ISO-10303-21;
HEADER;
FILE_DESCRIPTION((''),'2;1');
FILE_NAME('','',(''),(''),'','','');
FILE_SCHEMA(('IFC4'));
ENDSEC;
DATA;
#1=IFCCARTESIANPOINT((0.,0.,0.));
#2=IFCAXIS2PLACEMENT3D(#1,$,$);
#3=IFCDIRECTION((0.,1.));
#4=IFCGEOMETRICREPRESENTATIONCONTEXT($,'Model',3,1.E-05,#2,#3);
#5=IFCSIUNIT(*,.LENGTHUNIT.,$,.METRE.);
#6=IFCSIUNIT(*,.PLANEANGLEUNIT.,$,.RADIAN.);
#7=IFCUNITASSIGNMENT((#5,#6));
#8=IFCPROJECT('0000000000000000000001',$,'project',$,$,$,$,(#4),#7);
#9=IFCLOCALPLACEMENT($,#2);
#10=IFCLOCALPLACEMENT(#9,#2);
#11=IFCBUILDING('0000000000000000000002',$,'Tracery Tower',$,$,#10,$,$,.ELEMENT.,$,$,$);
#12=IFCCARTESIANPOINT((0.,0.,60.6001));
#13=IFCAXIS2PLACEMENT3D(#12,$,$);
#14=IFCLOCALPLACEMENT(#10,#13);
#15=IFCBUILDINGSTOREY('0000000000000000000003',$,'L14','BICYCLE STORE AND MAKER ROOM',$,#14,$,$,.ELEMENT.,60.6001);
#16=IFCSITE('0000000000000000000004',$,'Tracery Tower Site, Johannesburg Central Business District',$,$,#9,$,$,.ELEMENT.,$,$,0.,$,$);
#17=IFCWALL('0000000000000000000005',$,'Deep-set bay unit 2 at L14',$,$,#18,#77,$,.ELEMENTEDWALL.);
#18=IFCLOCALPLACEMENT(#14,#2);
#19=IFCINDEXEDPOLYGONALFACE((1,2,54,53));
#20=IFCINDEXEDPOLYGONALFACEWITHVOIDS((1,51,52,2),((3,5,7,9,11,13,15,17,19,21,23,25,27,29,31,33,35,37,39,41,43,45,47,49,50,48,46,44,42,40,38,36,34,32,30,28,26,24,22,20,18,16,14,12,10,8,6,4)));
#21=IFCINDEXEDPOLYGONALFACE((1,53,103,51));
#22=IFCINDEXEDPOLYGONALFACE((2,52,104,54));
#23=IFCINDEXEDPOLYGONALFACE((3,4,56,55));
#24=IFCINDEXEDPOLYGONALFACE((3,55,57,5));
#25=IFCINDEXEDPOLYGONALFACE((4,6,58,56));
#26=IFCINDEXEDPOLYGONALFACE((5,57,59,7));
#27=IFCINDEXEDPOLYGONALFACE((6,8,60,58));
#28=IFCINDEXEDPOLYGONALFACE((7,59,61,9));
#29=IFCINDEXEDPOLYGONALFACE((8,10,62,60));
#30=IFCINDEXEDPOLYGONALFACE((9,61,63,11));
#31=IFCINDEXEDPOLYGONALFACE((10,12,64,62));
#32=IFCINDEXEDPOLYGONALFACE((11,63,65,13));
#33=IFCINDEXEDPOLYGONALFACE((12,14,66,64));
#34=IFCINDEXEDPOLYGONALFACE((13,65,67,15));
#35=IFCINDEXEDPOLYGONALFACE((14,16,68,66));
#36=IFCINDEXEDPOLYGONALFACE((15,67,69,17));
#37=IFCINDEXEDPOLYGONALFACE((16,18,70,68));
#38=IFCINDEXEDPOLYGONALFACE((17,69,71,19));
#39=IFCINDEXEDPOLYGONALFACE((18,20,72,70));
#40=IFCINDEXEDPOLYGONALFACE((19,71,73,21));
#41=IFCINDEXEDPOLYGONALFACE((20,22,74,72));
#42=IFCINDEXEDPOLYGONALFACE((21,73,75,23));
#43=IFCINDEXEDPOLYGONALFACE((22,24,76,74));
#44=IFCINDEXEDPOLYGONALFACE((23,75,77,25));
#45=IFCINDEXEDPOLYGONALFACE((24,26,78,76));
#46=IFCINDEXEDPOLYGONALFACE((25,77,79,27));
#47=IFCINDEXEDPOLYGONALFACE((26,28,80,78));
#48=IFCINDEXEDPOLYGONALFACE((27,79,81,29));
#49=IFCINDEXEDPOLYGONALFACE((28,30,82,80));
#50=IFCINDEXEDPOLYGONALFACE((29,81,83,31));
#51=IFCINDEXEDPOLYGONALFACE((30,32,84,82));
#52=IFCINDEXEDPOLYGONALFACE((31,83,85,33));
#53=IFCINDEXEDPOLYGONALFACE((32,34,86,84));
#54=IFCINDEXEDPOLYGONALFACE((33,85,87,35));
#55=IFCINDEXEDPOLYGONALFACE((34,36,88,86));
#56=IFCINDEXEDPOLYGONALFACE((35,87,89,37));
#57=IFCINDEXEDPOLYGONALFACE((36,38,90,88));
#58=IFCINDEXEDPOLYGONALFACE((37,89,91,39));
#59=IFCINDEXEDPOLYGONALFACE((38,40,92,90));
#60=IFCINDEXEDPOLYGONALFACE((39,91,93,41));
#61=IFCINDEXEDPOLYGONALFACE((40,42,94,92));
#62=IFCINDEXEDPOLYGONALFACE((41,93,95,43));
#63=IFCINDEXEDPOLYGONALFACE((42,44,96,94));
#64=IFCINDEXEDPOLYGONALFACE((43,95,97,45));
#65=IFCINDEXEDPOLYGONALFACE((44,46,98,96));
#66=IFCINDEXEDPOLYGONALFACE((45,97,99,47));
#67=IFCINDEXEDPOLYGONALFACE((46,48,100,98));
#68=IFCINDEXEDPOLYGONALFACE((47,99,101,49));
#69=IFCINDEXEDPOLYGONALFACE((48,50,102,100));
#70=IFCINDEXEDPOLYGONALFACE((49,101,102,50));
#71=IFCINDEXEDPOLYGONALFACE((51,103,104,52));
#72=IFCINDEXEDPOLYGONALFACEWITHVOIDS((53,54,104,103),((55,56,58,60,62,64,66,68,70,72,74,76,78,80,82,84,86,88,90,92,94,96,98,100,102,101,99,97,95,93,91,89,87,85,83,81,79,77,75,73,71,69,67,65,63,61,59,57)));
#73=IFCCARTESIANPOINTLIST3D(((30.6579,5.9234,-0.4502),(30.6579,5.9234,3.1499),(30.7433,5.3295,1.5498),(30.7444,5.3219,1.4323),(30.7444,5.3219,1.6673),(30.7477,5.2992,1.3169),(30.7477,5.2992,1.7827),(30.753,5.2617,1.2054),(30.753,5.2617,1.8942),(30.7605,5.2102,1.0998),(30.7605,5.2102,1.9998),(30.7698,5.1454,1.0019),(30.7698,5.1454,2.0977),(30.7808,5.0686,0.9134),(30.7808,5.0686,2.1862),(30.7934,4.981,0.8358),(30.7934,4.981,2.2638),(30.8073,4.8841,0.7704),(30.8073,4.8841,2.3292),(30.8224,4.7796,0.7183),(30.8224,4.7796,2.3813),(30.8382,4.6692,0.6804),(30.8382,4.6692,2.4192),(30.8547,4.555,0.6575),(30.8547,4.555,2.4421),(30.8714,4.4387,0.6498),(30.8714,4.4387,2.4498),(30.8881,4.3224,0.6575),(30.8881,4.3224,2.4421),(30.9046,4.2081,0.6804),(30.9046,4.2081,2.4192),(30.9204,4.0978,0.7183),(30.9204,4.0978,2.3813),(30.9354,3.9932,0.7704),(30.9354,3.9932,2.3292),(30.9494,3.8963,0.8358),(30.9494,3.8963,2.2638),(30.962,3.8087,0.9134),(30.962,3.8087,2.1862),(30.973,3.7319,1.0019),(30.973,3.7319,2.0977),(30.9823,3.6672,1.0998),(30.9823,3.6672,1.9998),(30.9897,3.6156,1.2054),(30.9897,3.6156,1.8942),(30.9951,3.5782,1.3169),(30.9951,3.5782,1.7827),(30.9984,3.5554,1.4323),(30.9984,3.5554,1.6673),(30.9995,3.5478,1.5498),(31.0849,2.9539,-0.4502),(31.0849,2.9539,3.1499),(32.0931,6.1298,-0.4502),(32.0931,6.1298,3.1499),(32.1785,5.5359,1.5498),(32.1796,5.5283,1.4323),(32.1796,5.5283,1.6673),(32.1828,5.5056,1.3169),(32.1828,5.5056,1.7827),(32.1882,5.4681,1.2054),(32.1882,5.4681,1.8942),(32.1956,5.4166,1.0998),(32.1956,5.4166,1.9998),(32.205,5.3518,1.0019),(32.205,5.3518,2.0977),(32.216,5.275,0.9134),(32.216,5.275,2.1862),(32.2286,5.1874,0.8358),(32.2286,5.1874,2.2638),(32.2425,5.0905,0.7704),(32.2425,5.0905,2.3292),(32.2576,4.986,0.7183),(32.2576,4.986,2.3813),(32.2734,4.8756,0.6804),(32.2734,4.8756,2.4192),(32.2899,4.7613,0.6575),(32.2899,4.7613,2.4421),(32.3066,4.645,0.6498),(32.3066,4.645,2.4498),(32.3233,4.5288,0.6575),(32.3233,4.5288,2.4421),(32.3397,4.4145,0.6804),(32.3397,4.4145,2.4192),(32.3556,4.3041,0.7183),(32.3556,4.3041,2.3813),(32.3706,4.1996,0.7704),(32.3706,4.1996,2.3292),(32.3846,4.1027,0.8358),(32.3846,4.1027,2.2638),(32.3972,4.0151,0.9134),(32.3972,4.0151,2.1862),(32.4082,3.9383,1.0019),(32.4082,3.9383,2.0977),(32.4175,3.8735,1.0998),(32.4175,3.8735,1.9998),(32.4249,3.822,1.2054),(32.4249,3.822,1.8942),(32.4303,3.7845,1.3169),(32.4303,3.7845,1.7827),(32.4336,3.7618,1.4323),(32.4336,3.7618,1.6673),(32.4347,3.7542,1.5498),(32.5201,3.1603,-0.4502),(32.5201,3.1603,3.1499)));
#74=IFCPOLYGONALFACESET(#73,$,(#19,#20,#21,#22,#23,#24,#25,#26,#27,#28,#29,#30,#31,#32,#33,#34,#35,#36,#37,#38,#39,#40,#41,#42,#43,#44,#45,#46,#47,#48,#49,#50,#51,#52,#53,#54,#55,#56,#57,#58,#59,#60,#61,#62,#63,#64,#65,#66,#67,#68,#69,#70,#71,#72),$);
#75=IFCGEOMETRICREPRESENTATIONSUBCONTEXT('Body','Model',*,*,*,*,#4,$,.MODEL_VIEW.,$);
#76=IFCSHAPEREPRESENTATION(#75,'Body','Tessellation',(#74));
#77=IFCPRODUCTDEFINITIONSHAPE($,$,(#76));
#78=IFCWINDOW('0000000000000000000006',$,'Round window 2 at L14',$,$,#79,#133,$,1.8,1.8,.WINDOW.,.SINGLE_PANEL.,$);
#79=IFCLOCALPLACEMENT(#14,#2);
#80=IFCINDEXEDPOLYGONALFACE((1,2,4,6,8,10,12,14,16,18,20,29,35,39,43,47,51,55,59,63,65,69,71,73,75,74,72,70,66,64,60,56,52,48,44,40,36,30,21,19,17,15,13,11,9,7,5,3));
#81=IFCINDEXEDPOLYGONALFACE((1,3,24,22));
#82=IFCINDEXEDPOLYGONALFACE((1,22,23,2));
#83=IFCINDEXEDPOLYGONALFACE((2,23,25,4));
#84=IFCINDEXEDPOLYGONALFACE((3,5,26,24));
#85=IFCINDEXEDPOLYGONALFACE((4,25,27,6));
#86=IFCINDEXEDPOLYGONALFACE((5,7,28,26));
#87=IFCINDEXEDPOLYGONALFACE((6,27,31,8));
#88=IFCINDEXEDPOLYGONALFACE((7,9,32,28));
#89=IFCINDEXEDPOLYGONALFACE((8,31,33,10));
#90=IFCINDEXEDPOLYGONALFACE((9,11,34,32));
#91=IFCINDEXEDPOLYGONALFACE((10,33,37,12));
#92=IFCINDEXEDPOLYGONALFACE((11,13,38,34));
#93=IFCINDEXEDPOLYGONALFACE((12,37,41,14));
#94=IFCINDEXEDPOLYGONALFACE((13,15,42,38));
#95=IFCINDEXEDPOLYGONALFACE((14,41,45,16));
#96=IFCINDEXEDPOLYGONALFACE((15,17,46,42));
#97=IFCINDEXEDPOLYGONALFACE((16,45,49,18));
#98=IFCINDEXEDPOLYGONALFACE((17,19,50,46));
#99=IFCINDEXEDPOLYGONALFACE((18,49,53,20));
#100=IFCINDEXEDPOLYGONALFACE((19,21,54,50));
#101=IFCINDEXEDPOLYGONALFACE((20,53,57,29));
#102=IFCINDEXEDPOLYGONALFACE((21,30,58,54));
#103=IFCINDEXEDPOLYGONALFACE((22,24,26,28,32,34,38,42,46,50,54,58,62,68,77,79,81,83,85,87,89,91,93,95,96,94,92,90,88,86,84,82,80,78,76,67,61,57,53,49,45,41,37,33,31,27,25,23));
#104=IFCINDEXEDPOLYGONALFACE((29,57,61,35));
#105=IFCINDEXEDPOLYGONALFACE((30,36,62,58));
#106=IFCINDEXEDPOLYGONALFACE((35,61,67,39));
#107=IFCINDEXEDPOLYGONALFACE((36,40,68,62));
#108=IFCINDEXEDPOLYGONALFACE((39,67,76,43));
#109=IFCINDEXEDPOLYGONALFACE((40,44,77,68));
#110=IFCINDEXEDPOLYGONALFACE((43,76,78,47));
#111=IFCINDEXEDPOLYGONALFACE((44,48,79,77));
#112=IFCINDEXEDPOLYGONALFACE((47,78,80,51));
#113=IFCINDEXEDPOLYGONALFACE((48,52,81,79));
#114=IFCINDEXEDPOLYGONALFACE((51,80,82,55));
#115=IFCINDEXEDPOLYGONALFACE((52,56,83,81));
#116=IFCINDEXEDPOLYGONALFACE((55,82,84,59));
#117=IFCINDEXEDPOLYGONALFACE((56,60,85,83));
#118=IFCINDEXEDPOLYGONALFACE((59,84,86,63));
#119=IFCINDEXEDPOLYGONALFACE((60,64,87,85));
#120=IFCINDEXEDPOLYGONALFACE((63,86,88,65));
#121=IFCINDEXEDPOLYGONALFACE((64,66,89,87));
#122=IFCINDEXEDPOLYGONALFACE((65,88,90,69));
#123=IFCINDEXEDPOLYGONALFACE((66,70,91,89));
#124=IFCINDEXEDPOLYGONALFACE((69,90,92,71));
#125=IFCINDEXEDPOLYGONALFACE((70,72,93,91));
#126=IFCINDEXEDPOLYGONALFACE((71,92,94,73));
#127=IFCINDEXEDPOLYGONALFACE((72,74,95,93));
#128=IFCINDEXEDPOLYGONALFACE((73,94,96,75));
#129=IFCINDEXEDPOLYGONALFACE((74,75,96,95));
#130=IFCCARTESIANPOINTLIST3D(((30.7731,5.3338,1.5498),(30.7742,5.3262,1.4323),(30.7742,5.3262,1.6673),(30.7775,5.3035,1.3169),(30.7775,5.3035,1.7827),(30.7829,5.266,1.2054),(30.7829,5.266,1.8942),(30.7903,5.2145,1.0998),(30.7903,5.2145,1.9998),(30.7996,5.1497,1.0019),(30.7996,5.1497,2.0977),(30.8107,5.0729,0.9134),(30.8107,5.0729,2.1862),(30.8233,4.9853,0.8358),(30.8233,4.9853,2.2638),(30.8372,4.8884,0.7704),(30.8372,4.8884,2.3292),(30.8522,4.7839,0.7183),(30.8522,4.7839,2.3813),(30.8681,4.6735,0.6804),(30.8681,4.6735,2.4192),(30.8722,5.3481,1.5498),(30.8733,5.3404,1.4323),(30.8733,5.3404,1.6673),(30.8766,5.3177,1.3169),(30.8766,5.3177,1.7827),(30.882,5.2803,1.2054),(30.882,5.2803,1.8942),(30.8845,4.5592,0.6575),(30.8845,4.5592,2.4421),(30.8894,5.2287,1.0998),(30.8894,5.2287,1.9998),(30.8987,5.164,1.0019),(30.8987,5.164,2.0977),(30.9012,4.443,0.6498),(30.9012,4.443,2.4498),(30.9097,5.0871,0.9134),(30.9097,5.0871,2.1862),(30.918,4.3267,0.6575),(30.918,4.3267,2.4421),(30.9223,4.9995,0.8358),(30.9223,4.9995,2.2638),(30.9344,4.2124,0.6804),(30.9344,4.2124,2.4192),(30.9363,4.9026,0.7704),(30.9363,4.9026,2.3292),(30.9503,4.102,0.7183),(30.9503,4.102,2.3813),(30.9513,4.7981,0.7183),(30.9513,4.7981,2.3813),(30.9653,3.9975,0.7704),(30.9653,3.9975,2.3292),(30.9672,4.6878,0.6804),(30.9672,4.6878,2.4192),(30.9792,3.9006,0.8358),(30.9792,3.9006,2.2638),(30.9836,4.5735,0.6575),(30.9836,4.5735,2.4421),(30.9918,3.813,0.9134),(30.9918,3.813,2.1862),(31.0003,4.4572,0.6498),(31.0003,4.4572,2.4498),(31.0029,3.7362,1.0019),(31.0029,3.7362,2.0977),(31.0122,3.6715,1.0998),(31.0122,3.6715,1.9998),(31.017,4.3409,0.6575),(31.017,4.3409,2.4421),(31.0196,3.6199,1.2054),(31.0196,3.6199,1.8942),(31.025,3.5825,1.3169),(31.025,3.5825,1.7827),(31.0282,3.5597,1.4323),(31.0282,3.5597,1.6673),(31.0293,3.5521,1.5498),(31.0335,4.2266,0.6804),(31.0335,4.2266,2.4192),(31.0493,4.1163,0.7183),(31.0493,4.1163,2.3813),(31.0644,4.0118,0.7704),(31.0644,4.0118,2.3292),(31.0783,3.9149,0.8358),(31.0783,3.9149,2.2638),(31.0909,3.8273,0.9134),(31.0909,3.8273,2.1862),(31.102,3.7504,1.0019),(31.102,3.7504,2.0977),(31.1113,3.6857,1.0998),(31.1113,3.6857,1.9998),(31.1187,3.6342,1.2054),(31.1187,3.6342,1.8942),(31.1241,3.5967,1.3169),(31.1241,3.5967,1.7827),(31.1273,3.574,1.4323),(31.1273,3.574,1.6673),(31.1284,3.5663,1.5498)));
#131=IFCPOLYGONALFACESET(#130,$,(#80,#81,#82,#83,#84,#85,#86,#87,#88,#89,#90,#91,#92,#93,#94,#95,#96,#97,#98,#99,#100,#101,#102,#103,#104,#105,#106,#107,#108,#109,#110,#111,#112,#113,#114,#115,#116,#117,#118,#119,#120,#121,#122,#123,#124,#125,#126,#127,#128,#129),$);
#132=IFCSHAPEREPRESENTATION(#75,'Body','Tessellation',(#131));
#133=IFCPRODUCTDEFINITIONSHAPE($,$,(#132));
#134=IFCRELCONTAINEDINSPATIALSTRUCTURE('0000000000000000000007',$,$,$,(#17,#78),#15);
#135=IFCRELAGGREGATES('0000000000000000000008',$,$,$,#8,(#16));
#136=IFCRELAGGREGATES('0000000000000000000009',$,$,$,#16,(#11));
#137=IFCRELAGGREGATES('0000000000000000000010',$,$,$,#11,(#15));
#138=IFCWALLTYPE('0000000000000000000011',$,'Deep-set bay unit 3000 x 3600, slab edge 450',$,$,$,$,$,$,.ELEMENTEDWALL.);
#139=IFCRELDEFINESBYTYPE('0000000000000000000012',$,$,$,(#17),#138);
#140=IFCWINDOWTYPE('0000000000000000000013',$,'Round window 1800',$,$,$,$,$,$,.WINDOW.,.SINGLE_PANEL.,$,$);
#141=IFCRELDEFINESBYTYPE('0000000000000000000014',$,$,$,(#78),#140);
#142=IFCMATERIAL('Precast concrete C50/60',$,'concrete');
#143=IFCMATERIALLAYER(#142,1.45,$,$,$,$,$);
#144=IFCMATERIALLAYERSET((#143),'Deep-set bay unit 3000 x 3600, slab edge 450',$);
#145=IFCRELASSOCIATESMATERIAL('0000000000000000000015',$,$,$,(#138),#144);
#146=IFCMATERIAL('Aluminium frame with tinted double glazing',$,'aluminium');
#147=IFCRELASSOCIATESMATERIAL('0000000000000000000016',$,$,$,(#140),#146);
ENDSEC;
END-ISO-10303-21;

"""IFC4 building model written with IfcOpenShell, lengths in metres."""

from ifc_helpers import new_model, si_unit, direction, frame, frame_2d, origin, origin_2d, place, context, subcontext, project, spatial, rectangle, circle, extrude, material, layer, layer_set, type_object, element, fill, save


model = new_model("IFC4")

# Units and contexts
model_context = context("Model", 3, precision=1e-05, world=origin(), true_north=direction((0.0, 1.0)))
body_context = subcontext(model_context, "Body", "Model", "MODEL_VIEW")
ifc_project = project(units=[si_unit("LENGTHUNIT", "METRE"), si_unit("PLANEANGLEUNIT", "RADIAN")], contexts=[model_context])

# Site, building, storey
site_placement = place(None, origin())
site = spatial("IfcSite", under=ifc_project, at=site_placement, Name="Tracery Tower Site, Johannesburg Central Business District", CompositionType="ELEMENT", RefElevation=0.0)
building_placement = place(site_placement, origin())
building = spatial("IfcBuilding", under=site, at=building_placement, Name="Tracery Tower", CompositionType="ELEMENT")
storey_placement = place(building_placement, frame((0.0, 0.0, 60.6001)))
storey = spatial("IfcBuildingStorey", under=building, at=storey_placement, Name="L14", Description="BICYCLE STORE AND MAKER ROOM", CompositionType="ELEMENT", Elevation=60.6001)

# Wall, opening, window
ifc_material_1 = material(Name="Precast concrete C50/60", Category="concrete")
ifc_layer_1 = layer(ifc_material_1, 1.45)
ifc_layer_set_1 = layer_set([ifc_layer_1], Name="Deep-set bay unit 3000 x 3600, slab edge 450")
wall_type_1 = type_object("IfcWallType", Name="Deep-set bay unit 3000 x 3600, slab edge 450", PredefinedType="ELEMENTEDWALL", material=ifc_layer_set_1)
wall_1_placement = place(storey_placement, frame((31.8025, 3.0571, -0.4502), z_axis=(0.0, 0.0, 1.0), x_axis=(-0.142333, 0.989819, 0.0)))
wall_1 = element("IfcWall", 1, at=wall_1_placement, inside=storey, type_object=wall_type_1, Name="Deep-set bay unit 2 at L14", PredefinedType="ELEMENTEDWALL", context=body_context, shape_type="SweptSolid", body=[
    extrude(rectangle(XDim=3.0, YDim=1.45, at=frame_2d((1.5, 0.0))), origin(), (0.0, 0.0, 1.0), 3.6001),
])
opening_1_placement = place(wall_1_placement, frame((1.5, 0.0, 2.0)))
opening_1 = element("IfcOpeningElement", 2, at=opening_1_placement, cuts=wall_1, PredefinedType="OPENING", context=body_context, shape_type="SweptSolid", body=[
    extrude(circle(Radius=0.9, at=origin_2d()), frame((0.0, 0.7349, 0.0), z_axis=(0.0, -1.0, 0.0), x_axis=(1.0, 0.0, 0.0)), (0.0, 0.0, 1.0), 1.47),
])
ifc_material_2 = material(Name="Aluminium frame with tinted double glazing", Category="aluminium")
window_type = type_object("IfcWindowType", Name="Round window 1800", PartitioningType="SINGLE_PANEL", PredefinedType="WINDOW", material=ifc_material_2)
window_1_placement = place(opening_1_placement, origin())
window_1 = element("IfcWindow", 3, at=window_1_placement, inside=storey, type_object=window_type, Name="Round window 2 at L14", OverallHeight=1.8, OverallWidth=1.8, PartitioningType="SINGLE_PANEL", PredefinedType="WINDOW", context=body_context, shape_type="SweptSolid", body=[
    extrude(circle(Radius=0.9, at=origin_2d()), frame((0.0, 0.6948, 0.0), z_axis=(0.0, -1.0, 0.0), x_axis=(1.0, 0.0, 0.0)), (0.0, 0.0, 1.0), 0.1001),
])
fill(opening_1, window_1)

save(model, "model.ifc")
